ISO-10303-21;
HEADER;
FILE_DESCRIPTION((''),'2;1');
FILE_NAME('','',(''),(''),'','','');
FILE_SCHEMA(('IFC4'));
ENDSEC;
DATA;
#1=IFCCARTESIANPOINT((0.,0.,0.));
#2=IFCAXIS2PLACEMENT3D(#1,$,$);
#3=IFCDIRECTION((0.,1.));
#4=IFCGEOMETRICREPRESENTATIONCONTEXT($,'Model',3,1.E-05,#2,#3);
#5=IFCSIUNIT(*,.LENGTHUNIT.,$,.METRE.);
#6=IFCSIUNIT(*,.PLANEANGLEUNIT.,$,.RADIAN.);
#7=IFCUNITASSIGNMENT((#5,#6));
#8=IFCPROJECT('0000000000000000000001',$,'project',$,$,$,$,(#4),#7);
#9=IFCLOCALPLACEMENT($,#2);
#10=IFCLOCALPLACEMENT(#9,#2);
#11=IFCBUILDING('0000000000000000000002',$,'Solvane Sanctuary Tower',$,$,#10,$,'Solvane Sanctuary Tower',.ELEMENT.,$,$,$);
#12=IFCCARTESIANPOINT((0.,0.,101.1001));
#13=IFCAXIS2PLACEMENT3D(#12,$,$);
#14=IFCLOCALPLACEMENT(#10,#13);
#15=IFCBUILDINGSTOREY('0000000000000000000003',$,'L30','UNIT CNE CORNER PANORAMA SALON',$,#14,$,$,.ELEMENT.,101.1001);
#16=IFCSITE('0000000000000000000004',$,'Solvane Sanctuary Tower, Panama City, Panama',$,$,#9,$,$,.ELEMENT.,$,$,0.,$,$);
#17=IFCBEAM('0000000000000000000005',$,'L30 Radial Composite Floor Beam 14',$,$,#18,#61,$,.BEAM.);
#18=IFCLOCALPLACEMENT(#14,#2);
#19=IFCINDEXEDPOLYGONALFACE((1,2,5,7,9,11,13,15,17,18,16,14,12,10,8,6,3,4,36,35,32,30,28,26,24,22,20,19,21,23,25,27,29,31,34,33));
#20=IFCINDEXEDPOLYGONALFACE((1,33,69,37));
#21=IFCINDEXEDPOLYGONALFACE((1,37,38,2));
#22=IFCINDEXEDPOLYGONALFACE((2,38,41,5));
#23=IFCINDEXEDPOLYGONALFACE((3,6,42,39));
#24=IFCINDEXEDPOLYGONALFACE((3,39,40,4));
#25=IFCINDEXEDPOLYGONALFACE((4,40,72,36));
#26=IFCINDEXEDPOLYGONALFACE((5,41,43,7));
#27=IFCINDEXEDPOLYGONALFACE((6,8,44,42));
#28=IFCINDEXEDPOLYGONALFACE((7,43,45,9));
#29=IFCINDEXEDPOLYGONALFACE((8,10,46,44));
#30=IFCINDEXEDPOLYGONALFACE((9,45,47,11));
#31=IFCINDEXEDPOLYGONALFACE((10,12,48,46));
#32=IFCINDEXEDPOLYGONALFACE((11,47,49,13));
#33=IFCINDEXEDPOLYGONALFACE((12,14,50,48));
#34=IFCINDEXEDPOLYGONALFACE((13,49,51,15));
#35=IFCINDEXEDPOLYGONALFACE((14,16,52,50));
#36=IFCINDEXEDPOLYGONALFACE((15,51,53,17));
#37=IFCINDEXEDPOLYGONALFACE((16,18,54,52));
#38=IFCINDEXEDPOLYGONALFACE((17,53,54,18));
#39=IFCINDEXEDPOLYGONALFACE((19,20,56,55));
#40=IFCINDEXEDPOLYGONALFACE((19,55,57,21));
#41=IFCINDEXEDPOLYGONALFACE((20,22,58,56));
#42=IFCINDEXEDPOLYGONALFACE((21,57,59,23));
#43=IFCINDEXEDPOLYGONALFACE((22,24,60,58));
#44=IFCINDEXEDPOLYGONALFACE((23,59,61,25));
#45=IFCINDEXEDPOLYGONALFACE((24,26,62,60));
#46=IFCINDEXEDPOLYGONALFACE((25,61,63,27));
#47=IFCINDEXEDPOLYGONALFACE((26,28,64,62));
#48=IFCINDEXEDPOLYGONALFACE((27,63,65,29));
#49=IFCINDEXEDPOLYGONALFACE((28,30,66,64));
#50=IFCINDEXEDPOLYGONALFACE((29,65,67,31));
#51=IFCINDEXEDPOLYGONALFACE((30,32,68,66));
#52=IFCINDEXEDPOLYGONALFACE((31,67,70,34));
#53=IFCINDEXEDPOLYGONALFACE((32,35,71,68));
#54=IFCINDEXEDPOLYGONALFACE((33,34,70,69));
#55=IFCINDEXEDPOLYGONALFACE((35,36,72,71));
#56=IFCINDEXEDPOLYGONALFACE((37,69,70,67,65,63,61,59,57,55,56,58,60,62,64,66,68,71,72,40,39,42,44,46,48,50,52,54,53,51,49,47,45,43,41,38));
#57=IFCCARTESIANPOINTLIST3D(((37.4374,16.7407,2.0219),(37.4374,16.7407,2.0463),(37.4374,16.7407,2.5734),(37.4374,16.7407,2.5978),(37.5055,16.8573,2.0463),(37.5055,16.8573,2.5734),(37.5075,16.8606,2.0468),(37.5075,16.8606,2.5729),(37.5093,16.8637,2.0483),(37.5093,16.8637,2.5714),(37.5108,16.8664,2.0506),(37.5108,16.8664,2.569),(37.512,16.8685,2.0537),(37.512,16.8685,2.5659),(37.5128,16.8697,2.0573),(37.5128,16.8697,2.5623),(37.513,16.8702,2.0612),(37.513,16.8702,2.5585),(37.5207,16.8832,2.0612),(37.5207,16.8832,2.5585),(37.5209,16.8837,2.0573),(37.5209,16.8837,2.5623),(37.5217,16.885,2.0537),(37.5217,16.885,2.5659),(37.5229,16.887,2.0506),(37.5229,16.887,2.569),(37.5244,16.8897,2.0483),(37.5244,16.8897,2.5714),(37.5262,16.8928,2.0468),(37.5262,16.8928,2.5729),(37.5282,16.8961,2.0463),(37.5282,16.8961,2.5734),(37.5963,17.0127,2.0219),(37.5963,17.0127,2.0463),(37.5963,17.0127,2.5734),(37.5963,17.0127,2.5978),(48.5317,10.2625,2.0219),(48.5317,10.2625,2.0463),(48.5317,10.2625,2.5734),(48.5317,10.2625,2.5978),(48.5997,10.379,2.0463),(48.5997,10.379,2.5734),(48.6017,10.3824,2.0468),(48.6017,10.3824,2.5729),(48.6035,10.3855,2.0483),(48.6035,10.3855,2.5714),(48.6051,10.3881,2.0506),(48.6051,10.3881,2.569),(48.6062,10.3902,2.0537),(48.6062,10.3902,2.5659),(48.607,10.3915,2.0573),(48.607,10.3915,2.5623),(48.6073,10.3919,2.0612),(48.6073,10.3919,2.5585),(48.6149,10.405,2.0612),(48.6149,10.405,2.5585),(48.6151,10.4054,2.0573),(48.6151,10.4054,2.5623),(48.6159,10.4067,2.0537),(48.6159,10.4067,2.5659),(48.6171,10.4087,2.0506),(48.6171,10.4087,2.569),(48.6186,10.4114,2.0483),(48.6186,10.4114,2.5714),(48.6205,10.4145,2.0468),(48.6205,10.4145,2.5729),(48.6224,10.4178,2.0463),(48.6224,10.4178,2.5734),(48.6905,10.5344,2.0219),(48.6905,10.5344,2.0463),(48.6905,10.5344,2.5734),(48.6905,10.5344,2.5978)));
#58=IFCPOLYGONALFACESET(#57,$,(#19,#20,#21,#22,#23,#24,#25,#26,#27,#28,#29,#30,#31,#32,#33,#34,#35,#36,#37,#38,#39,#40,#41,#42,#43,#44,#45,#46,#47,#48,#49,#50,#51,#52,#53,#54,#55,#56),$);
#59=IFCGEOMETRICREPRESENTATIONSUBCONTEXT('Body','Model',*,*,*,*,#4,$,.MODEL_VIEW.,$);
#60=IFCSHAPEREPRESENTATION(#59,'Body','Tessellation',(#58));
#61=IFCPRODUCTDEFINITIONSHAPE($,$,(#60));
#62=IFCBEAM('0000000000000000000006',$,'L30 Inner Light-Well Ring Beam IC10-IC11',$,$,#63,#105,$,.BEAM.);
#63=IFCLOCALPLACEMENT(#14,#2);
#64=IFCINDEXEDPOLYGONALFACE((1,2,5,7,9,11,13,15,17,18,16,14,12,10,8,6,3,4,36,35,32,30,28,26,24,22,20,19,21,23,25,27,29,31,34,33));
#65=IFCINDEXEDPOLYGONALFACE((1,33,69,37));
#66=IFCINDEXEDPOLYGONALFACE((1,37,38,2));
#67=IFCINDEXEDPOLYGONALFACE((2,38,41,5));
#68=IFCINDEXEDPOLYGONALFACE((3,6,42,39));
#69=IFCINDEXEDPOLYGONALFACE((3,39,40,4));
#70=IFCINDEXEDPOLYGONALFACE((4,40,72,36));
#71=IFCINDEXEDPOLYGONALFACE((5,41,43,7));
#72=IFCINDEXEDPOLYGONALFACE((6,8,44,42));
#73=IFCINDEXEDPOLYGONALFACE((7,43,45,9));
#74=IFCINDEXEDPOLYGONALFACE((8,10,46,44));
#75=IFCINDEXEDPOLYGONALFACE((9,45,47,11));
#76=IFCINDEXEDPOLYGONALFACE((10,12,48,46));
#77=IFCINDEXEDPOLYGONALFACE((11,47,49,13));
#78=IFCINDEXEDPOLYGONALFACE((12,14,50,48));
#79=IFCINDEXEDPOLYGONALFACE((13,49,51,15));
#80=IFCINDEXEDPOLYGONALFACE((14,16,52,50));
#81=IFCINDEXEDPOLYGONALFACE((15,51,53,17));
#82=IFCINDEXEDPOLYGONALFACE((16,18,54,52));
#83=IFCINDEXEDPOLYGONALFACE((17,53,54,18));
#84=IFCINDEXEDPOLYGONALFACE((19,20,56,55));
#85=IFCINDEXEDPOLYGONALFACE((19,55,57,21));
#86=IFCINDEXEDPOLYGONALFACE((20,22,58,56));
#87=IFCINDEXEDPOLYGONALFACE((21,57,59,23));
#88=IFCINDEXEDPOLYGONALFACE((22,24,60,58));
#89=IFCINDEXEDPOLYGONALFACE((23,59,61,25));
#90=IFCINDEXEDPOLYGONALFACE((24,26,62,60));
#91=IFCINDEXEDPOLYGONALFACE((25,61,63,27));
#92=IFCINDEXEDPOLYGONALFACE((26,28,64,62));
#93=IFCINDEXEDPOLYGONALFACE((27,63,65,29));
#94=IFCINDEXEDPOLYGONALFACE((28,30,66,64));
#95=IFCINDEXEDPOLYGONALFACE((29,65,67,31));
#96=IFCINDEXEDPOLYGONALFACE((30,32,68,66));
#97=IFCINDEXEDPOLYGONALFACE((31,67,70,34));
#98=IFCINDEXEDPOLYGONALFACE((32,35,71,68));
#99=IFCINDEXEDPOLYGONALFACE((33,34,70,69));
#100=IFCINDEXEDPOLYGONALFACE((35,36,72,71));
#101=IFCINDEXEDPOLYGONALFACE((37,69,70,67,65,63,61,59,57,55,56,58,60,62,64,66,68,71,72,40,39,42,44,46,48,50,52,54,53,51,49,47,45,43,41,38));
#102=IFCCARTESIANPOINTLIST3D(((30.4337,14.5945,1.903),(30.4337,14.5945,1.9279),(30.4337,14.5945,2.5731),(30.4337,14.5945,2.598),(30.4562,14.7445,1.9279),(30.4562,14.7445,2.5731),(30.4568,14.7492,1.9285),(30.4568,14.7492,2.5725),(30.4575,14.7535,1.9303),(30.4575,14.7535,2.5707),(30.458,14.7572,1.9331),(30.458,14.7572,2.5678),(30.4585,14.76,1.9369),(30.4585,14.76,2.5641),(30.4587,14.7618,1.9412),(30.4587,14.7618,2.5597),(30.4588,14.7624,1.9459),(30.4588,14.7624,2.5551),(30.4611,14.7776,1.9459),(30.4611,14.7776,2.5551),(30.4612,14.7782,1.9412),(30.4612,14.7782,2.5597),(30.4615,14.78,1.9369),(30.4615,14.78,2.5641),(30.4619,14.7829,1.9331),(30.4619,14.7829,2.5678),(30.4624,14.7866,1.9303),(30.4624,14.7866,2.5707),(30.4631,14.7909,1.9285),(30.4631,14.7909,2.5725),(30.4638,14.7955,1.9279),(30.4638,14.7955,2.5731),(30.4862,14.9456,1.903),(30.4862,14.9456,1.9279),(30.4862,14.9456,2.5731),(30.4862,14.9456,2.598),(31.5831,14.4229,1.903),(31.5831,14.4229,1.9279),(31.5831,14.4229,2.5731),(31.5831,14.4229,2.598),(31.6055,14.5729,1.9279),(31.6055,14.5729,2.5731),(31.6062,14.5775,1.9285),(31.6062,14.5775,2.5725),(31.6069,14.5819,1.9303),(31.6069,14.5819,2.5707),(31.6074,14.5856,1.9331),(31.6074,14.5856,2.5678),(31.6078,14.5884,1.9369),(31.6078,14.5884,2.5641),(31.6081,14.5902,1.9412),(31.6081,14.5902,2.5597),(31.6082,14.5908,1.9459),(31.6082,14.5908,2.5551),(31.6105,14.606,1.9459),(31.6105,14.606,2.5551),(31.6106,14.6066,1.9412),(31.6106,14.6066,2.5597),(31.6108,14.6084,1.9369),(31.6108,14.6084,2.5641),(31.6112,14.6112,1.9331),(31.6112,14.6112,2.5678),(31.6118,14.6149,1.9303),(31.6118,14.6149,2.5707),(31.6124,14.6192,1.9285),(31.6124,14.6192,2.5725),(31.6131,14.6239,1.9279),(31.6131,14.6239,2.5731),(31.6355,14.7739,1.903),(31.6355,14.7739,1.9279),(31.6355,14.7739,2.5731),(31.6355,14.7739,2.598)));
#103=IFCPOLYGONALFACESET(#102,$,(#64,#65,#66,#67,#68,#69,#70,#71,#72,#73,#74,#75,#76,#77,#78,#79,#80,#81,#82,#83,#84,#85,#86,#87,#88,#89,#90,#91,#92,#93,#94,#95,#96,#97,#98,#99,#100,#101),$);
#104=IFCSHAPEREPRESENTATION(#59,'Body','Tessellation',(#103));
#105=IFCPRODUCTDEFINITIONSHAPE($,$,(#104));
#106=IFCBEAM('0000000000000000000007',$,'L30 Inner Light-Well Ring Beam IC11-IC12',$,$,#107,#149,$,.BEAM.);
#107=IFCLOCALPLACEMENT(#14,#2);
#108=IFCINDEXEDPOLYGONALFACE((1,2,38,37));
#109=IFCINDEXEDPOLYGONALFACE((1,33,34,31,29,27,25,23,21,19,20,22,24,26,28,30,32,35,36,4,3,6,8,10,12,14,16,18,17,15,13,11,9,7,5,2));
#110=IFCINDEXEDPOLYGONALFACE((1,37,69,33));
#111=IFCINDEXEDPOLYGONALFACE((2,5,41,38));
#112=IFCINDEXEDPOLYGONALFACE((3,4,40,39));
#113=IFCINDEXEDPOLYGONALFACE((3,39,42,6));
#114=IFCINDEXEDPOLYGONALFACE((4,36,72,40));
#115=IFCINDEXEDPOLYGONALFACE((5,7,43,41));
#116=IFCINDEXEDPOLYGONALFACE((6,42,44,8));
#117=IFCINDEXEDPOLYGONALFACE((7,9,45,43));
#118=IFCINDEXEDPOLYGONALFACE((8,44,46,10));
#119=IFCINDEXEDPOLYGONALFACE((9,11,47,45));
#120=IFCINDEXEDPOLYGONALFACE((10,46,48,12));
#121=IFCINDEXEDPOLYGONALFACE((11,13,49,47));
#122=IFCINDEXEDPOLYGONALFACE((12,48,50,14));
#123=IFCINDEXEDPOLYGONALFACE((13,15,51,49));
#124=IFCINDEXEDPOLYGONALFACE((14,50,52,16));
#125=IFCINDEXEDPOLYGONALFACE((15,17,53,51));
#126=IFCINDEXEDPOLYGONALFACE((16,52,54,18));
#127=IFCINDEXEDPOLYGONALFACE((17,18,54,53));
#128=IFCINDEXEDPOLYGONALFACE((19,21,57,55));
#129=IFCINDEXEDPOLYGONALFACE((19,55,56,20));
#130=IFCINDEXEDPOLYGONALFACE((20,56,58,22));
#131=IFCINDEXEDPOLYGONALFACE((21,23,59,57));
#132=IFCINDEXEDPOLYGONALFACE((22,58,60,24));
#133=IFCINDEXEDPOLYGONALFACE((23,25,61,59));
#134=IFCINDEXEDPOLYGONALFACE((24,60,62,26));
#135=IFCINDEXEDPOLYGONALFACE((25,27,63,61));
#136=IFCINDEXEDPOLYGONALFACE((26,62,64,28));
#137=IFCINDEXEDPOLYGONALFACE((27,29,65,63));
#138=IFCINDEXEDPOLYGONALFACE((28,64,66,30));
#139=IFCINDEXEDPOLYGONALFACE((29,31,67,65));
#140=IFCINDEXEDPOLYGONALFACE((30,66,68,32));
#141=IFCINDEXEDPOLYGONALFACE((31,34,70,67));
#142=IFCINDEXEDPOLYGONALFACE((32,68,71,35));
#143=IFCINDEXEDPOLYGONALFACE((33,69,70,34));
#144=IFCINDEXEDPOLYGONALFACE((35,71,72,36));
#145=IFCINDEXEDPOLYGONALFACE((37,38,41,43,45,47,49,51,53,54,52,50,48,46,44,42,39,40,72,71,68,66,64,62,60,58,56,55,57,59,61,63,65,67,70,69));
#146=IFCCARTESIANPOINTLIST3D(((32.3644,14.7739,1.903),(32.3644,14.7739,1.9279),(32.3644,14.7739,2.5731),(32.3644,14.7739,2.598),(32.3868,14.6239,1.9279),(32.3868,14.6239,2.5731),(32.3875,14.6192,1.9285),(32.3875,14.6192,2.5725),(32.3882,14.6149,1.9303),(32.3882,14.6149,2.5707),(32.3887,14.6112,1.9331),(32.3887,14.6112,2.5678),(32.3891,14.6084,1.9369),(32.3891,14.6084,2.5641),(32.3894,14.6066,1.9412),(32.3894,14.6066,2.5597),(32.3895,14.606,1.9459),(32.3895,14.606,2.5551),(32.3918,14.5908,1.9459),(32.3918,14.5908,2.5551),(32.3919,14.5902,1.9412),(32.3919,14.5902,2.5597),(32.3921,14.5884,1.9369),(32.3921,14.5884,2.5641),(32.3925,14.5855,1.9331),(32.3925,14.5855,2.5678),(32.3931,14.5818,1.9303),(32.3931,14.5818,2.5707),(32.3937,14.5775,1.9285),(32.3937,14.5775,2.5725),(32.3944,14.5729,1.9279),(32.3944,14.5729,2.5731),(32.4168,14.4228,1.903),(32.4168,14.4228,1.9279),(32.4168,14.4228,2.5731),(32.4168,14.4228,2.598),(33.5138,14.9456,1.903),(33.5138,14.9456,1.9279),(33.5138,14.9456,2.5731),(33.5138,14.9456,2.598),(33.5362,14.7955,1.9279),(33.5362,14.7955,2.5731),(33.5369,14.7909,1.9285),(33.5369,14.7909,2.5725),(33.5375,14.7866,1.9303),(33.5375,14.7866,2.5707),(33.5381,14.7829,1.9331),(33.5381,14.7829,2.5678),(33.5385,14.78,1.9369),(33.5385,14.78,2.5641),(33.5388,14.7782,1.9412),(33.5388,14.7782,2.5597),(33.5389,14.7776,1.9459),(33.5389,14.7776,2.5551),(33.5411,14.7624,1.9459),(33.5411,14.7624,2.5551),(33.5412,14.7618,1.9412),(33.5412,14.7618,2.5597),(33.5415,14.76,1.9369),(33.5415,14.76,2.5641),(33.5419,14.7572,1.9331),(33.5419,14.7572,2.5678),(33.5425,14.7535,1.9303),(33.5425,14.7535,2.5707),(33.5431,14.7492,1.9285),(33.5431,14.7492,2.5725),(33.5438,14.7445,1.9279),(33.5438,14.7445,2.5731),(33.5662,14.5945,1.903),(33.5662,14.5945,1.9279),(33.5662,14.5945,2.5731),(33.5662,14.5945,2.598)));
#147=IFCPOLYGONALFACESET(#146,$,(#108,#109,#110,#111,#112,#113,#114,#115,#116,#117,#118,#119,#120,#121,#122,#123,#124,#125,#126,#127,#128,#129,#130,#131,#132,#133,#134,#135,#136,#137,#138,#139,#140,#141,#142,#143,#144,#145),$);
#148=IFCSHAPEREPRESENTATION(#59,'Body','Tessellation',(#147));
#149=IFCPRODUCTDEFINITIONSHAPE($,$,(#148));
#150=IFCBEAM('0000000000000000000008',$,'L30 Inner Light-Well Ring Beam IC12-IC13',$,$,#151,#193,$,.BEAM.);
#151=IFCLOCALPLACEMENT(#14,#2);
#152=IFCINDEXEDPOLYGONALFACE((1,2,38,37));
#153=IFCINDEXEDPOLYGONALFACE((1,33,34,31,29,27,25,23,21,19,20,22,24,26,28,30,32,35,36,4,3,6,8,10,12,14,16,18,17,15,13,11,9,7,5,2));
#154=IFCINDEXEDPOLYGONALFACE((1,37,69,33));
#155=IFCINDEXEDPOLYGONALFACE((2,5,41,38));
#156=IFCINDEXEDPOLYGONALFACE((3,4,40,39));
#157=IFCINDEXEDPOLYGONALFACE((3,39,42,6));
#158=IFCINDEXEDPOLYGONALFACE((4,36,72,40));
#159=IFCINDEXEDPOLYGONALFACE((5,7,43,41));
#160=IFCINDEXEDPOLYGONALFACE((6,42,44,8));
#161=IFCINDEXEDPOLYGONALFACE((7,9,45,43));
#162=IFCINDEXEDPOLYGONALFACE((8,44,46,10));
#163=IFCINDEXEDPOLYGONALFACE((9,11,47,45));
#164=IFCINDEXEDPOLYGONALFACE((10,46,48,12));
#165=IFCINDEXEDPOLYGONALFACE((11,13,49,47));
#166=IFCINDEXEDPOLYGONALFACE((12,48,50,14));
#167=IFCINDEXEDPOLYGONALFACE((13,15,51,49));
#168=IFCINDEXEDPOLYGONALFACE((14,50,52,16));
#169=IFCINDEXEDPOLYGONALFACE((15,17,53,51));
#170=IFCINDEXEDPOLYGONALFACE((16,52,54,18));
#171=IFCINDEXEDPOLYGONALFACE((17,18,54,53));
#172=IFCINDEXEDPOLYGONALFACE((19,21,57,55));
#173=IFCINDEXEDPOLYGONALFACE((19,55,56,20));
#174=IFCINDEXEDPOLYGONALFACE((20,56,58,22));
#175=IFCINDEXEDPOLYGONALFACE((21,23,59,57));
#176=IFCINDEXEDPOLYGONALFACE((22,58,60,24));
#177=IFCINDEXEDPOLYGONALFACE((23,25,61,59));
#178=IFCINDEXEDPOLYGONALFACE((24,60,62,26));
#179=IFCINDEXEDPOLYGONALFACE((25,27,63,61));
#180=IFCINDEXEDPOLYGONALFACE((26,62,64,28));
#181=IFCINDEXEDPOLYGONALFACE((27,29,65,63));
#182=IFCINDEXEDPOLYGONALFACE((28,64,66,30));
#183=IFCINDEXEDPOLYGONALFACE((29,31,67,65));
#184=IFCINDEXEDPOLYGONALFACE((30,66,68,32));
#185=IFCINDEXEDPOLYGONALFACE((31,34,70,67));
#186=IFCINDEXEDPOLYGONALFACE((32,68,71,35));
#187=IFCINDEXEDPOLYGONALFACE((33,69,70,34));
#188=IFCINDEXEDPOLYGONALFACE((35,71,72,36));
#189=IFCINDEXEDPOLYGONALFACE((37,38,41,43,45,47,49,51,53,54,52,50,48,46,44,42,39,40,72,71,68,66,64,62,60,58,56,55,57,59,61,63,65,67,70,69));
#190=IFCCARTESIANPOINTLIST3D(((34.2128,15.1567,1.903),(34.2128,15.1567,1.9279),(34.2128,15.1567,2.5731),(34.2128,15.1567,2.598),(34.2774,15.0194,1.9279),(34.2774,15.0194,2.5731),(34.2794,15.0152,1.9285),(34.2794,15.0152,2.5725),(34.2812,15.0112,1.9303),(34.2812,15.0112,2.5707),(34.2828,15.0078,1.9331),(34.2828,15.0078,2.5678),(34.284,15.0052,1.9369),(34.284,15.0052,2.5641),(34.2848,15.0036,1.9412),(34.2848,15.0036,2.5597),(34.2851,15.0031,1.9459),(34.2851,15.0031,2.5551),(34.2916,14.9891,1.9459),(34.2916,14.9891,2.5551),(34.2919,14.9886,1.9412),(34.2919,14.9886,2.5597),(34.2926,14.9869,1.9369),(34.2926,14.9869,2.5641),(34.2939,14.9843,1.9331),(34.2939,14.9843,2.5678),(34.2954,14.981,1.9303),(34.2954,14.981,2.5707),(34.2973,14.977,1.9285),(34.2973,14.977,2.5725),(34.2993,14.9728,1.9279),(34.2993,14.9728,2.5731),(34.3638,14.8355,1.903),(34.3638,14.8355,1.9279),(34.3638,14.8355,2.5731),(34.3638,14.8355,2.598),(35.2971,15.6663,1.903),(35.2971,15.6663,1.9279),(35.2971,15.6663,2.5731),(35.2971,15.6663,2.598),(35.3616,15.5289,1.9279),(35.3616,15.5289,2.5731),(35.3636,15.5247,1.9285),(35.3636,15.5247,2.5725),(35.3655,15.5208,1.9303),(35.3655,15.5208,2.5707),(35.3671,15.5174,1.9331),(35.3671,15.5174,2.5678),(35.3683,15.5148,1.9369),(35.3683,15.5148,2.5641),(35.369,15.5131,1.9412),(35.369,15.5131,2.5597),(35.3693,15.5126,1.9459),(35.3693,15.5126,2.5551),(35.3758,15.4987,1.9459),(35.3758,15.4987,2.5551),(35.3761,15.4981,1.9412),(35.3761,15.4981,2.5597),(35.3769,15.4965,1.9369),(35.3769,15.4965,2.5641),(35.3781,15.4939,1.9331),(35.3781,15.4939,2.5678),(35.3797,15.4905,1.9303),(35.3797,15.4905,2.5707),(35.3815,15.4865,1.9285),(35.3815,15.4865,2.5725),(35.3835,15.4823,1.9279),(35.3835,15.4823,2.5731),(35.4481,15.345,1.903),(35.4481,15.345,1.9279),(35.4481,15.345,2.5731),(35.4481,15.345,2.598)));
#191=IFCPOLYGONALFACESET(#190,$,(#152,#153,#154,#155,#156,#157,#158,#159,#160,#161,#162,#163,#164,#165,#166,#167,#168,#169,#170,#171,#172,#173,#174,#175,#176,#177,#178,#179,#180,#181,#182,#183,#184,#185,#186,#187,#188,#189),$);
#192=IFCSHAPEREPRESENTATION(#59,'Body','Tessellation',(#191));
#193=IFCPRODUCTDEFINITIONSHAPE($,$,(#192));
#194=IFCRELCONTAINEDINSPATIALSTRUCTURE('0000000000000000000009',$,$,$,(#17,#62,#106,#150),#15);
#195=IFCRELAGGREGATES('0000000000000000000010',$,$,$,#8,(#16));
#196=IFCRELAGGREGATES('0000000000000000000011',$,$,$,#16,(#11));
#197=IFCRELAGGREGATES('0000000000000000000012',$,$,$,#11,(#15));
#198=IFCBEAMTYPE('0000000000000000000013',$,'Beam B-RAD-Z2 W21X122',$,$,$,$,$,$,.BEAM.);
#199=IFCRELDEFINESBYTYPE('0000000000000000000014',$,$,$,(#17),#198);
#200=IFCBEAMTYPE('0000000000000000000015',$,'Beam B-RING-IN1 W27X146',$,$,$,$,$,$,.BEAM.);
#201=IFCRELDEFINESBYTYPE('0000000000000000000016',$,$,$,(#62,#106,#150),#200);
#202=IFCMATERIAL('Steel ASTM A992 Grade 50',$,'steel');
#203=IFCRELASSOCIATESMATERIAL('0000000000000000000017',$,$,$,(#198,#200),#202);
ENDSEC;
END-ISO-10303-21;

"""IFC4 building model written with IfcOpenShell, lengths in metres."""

from ifc_helpers import new_model, si_unit, direction, frame, origin, origin_2d, place, context, subcontext, project, spatial, i_section, extrude, material, material_profile, profile_set, type_object, element, save


model = new_model("IFC4")

# Units and contexts
model_context = context("Model", 3, precision=1e-05, world=origin(), true_north=direction((0.0, 1.0)))
body_context = subcontext(model_context, "Body", "Model", "MODEL_VIEW")
ifc_project = project(units=[si_unit("LENGTHUNIT", "METRE"), si_unit("PLANEANGLEUNIT", "RADIAN")], contexts=[model_context])

# Site, building, storey
site_placement = place(None, origin())
site = spatial("IfcSite", under=ifc_project, at=site_placement, Name="Solvane Sanctuary Tower, Panama City, Panama", CompositionType="ELEMENT", RefElevation=0.0)
building_placement = place(site_placement, origin())
building = spatial("IfcBuilding", under=site, at=building_placement, Name="Solvane Sanctuary Tower", LongName="Solvane Sanctuary Tower", CompositionType="ELEMENT")
storey_placement = place(building_placement, frame((0.0, 0.0, 101.1001)))
storey = spatial("IfcBuildingStorey", under=building, at=storey_placement, Name="L30", Description="UNIT CNE CORNER PANORAMA SALON", CompositionType="ELEMENT", Elevation=101.1001)

# Beams
ifc_material_1 = material(Name="Steel ASTM A992 Grade 50", Category="steel")
ifc_material_profile_1 = material_profile(ifc_material_1, i_section(OverallWidth=0.3149, OverallDepth=0.5759, WebThickness=0.0151, FlangeThickness=0.0244, FilletRadius=0.0149, at=origin_2d()), Name="W21X122")
ifc_profile_set_1 = profile_set([ifc_material_profile_1], Name="Steel ASTM A992 Grade 50")
beam_type_1 = type_object("IfcBeamType", Name="Beam B-RAD-Z2 W21X122", PredefinedType="BEAM", material=ifc_profile_set_1)
beam_1_placement = place(storey_placement, frame((37.5168, 16.8767, 2.3098), z_axis=(0.863554, -0.504256, 0.0), x_axis=(0.504256, 0.863554, 0.0)))
element("IfcBeam", 1, at=beam_1_placement, inside=storey, type_object=beam_type_1, Name="L30 Radial Composite Floor Beam 14", PredefinedType="BEAM", context=body_context, shape_type="SweptSolid", body=[
    extrude(i_section(OverallWidth=0.3149, OverallDepth=0.5759, WebThickness=0.0151, FlangeThickness=0.0244, FilletRadius=0.0149, at=origin_2d()), origin(), (0.0, 0.0, 1.0), 12.8472),
])
ifc_material_profile_2 = material_profile(ifc_material_1, i_section(OverallWidth=0.355, OverallDepth=0.6951, WebThickness=0.0154, FlangeThickness=0.0249, FilletRadius=0.0181, at=origin_2d()), Name="W27X146")
ifc_profile_set_2 = profile_set([ifc_material_profile_2], Name="Steel ASTM A992 Grade 50")
beam_type_2 = type_object("IfcBeamType", Name="Beam B-RING-IN1 W27X146", PredefinedType="BEAM", material=ifc_profile_set_2)
for number, where, z_axis, x_axis, name in (
    (2, (30.46, 14.77, 2.2505), (0.989035, -0.147683, 0.0), (0.147683, 0.989035, 0.0), "L30 Inner Light-Well Ring Beam IC10-IC11"),
    (3, (32.3906, 14.5984, 2.2505), (0.989035, 0.147683, 0.0), (-0.147683, 0.989035, 0.0), "L30 Inner Light-Well Ring Beam IC11-IC12"),
):
    element("IfcBeam", number, at=place(storey_placement, frame(where, z_axis=z_axis, x_axis=x_axis)), inside=storey, type_object=beam_type_2, Name=name, PredefinedType="BEAM", context=body_context, shape_type="SweptSolid", body=[
        extrude(i_section(OverallWidth=0.355, OverallDepth=0.6951, WebThickness=0.0154, FlangeThickness=0.0249, FilletRadius=0.0181, at=origin_2d()), origin(), (0.0, 0.0, 1.0), 1.1621),
    ])
beam_2_placement = place(storey_placement, frame((34.2883, 14.9961, 2.2505), z_axis=(0.905045, 0.425316, 0.0), x_axis=(-0.425316, 0.905045, 0.0)))
element("IfcBeam", 4, at=beam_2_placement, inside=storey, type_object=beam_type_2, Name="L30 Inner Light-Well Ring Beam IC12-IC13", PredefinedType="BEAM", context=body_context, shape_type="SweptSolid", body=[
    extrude(i_section(OverallWidth=0.355, OverallDepth=0.6951, WebThickness=0.0154, FlangeThickness=0.0249, FilletRadius=0.0181, at=origin_2d()), origin(), (0.0, 0.0, 1.0), 1.198),
])

save(model, "model.ifc")
